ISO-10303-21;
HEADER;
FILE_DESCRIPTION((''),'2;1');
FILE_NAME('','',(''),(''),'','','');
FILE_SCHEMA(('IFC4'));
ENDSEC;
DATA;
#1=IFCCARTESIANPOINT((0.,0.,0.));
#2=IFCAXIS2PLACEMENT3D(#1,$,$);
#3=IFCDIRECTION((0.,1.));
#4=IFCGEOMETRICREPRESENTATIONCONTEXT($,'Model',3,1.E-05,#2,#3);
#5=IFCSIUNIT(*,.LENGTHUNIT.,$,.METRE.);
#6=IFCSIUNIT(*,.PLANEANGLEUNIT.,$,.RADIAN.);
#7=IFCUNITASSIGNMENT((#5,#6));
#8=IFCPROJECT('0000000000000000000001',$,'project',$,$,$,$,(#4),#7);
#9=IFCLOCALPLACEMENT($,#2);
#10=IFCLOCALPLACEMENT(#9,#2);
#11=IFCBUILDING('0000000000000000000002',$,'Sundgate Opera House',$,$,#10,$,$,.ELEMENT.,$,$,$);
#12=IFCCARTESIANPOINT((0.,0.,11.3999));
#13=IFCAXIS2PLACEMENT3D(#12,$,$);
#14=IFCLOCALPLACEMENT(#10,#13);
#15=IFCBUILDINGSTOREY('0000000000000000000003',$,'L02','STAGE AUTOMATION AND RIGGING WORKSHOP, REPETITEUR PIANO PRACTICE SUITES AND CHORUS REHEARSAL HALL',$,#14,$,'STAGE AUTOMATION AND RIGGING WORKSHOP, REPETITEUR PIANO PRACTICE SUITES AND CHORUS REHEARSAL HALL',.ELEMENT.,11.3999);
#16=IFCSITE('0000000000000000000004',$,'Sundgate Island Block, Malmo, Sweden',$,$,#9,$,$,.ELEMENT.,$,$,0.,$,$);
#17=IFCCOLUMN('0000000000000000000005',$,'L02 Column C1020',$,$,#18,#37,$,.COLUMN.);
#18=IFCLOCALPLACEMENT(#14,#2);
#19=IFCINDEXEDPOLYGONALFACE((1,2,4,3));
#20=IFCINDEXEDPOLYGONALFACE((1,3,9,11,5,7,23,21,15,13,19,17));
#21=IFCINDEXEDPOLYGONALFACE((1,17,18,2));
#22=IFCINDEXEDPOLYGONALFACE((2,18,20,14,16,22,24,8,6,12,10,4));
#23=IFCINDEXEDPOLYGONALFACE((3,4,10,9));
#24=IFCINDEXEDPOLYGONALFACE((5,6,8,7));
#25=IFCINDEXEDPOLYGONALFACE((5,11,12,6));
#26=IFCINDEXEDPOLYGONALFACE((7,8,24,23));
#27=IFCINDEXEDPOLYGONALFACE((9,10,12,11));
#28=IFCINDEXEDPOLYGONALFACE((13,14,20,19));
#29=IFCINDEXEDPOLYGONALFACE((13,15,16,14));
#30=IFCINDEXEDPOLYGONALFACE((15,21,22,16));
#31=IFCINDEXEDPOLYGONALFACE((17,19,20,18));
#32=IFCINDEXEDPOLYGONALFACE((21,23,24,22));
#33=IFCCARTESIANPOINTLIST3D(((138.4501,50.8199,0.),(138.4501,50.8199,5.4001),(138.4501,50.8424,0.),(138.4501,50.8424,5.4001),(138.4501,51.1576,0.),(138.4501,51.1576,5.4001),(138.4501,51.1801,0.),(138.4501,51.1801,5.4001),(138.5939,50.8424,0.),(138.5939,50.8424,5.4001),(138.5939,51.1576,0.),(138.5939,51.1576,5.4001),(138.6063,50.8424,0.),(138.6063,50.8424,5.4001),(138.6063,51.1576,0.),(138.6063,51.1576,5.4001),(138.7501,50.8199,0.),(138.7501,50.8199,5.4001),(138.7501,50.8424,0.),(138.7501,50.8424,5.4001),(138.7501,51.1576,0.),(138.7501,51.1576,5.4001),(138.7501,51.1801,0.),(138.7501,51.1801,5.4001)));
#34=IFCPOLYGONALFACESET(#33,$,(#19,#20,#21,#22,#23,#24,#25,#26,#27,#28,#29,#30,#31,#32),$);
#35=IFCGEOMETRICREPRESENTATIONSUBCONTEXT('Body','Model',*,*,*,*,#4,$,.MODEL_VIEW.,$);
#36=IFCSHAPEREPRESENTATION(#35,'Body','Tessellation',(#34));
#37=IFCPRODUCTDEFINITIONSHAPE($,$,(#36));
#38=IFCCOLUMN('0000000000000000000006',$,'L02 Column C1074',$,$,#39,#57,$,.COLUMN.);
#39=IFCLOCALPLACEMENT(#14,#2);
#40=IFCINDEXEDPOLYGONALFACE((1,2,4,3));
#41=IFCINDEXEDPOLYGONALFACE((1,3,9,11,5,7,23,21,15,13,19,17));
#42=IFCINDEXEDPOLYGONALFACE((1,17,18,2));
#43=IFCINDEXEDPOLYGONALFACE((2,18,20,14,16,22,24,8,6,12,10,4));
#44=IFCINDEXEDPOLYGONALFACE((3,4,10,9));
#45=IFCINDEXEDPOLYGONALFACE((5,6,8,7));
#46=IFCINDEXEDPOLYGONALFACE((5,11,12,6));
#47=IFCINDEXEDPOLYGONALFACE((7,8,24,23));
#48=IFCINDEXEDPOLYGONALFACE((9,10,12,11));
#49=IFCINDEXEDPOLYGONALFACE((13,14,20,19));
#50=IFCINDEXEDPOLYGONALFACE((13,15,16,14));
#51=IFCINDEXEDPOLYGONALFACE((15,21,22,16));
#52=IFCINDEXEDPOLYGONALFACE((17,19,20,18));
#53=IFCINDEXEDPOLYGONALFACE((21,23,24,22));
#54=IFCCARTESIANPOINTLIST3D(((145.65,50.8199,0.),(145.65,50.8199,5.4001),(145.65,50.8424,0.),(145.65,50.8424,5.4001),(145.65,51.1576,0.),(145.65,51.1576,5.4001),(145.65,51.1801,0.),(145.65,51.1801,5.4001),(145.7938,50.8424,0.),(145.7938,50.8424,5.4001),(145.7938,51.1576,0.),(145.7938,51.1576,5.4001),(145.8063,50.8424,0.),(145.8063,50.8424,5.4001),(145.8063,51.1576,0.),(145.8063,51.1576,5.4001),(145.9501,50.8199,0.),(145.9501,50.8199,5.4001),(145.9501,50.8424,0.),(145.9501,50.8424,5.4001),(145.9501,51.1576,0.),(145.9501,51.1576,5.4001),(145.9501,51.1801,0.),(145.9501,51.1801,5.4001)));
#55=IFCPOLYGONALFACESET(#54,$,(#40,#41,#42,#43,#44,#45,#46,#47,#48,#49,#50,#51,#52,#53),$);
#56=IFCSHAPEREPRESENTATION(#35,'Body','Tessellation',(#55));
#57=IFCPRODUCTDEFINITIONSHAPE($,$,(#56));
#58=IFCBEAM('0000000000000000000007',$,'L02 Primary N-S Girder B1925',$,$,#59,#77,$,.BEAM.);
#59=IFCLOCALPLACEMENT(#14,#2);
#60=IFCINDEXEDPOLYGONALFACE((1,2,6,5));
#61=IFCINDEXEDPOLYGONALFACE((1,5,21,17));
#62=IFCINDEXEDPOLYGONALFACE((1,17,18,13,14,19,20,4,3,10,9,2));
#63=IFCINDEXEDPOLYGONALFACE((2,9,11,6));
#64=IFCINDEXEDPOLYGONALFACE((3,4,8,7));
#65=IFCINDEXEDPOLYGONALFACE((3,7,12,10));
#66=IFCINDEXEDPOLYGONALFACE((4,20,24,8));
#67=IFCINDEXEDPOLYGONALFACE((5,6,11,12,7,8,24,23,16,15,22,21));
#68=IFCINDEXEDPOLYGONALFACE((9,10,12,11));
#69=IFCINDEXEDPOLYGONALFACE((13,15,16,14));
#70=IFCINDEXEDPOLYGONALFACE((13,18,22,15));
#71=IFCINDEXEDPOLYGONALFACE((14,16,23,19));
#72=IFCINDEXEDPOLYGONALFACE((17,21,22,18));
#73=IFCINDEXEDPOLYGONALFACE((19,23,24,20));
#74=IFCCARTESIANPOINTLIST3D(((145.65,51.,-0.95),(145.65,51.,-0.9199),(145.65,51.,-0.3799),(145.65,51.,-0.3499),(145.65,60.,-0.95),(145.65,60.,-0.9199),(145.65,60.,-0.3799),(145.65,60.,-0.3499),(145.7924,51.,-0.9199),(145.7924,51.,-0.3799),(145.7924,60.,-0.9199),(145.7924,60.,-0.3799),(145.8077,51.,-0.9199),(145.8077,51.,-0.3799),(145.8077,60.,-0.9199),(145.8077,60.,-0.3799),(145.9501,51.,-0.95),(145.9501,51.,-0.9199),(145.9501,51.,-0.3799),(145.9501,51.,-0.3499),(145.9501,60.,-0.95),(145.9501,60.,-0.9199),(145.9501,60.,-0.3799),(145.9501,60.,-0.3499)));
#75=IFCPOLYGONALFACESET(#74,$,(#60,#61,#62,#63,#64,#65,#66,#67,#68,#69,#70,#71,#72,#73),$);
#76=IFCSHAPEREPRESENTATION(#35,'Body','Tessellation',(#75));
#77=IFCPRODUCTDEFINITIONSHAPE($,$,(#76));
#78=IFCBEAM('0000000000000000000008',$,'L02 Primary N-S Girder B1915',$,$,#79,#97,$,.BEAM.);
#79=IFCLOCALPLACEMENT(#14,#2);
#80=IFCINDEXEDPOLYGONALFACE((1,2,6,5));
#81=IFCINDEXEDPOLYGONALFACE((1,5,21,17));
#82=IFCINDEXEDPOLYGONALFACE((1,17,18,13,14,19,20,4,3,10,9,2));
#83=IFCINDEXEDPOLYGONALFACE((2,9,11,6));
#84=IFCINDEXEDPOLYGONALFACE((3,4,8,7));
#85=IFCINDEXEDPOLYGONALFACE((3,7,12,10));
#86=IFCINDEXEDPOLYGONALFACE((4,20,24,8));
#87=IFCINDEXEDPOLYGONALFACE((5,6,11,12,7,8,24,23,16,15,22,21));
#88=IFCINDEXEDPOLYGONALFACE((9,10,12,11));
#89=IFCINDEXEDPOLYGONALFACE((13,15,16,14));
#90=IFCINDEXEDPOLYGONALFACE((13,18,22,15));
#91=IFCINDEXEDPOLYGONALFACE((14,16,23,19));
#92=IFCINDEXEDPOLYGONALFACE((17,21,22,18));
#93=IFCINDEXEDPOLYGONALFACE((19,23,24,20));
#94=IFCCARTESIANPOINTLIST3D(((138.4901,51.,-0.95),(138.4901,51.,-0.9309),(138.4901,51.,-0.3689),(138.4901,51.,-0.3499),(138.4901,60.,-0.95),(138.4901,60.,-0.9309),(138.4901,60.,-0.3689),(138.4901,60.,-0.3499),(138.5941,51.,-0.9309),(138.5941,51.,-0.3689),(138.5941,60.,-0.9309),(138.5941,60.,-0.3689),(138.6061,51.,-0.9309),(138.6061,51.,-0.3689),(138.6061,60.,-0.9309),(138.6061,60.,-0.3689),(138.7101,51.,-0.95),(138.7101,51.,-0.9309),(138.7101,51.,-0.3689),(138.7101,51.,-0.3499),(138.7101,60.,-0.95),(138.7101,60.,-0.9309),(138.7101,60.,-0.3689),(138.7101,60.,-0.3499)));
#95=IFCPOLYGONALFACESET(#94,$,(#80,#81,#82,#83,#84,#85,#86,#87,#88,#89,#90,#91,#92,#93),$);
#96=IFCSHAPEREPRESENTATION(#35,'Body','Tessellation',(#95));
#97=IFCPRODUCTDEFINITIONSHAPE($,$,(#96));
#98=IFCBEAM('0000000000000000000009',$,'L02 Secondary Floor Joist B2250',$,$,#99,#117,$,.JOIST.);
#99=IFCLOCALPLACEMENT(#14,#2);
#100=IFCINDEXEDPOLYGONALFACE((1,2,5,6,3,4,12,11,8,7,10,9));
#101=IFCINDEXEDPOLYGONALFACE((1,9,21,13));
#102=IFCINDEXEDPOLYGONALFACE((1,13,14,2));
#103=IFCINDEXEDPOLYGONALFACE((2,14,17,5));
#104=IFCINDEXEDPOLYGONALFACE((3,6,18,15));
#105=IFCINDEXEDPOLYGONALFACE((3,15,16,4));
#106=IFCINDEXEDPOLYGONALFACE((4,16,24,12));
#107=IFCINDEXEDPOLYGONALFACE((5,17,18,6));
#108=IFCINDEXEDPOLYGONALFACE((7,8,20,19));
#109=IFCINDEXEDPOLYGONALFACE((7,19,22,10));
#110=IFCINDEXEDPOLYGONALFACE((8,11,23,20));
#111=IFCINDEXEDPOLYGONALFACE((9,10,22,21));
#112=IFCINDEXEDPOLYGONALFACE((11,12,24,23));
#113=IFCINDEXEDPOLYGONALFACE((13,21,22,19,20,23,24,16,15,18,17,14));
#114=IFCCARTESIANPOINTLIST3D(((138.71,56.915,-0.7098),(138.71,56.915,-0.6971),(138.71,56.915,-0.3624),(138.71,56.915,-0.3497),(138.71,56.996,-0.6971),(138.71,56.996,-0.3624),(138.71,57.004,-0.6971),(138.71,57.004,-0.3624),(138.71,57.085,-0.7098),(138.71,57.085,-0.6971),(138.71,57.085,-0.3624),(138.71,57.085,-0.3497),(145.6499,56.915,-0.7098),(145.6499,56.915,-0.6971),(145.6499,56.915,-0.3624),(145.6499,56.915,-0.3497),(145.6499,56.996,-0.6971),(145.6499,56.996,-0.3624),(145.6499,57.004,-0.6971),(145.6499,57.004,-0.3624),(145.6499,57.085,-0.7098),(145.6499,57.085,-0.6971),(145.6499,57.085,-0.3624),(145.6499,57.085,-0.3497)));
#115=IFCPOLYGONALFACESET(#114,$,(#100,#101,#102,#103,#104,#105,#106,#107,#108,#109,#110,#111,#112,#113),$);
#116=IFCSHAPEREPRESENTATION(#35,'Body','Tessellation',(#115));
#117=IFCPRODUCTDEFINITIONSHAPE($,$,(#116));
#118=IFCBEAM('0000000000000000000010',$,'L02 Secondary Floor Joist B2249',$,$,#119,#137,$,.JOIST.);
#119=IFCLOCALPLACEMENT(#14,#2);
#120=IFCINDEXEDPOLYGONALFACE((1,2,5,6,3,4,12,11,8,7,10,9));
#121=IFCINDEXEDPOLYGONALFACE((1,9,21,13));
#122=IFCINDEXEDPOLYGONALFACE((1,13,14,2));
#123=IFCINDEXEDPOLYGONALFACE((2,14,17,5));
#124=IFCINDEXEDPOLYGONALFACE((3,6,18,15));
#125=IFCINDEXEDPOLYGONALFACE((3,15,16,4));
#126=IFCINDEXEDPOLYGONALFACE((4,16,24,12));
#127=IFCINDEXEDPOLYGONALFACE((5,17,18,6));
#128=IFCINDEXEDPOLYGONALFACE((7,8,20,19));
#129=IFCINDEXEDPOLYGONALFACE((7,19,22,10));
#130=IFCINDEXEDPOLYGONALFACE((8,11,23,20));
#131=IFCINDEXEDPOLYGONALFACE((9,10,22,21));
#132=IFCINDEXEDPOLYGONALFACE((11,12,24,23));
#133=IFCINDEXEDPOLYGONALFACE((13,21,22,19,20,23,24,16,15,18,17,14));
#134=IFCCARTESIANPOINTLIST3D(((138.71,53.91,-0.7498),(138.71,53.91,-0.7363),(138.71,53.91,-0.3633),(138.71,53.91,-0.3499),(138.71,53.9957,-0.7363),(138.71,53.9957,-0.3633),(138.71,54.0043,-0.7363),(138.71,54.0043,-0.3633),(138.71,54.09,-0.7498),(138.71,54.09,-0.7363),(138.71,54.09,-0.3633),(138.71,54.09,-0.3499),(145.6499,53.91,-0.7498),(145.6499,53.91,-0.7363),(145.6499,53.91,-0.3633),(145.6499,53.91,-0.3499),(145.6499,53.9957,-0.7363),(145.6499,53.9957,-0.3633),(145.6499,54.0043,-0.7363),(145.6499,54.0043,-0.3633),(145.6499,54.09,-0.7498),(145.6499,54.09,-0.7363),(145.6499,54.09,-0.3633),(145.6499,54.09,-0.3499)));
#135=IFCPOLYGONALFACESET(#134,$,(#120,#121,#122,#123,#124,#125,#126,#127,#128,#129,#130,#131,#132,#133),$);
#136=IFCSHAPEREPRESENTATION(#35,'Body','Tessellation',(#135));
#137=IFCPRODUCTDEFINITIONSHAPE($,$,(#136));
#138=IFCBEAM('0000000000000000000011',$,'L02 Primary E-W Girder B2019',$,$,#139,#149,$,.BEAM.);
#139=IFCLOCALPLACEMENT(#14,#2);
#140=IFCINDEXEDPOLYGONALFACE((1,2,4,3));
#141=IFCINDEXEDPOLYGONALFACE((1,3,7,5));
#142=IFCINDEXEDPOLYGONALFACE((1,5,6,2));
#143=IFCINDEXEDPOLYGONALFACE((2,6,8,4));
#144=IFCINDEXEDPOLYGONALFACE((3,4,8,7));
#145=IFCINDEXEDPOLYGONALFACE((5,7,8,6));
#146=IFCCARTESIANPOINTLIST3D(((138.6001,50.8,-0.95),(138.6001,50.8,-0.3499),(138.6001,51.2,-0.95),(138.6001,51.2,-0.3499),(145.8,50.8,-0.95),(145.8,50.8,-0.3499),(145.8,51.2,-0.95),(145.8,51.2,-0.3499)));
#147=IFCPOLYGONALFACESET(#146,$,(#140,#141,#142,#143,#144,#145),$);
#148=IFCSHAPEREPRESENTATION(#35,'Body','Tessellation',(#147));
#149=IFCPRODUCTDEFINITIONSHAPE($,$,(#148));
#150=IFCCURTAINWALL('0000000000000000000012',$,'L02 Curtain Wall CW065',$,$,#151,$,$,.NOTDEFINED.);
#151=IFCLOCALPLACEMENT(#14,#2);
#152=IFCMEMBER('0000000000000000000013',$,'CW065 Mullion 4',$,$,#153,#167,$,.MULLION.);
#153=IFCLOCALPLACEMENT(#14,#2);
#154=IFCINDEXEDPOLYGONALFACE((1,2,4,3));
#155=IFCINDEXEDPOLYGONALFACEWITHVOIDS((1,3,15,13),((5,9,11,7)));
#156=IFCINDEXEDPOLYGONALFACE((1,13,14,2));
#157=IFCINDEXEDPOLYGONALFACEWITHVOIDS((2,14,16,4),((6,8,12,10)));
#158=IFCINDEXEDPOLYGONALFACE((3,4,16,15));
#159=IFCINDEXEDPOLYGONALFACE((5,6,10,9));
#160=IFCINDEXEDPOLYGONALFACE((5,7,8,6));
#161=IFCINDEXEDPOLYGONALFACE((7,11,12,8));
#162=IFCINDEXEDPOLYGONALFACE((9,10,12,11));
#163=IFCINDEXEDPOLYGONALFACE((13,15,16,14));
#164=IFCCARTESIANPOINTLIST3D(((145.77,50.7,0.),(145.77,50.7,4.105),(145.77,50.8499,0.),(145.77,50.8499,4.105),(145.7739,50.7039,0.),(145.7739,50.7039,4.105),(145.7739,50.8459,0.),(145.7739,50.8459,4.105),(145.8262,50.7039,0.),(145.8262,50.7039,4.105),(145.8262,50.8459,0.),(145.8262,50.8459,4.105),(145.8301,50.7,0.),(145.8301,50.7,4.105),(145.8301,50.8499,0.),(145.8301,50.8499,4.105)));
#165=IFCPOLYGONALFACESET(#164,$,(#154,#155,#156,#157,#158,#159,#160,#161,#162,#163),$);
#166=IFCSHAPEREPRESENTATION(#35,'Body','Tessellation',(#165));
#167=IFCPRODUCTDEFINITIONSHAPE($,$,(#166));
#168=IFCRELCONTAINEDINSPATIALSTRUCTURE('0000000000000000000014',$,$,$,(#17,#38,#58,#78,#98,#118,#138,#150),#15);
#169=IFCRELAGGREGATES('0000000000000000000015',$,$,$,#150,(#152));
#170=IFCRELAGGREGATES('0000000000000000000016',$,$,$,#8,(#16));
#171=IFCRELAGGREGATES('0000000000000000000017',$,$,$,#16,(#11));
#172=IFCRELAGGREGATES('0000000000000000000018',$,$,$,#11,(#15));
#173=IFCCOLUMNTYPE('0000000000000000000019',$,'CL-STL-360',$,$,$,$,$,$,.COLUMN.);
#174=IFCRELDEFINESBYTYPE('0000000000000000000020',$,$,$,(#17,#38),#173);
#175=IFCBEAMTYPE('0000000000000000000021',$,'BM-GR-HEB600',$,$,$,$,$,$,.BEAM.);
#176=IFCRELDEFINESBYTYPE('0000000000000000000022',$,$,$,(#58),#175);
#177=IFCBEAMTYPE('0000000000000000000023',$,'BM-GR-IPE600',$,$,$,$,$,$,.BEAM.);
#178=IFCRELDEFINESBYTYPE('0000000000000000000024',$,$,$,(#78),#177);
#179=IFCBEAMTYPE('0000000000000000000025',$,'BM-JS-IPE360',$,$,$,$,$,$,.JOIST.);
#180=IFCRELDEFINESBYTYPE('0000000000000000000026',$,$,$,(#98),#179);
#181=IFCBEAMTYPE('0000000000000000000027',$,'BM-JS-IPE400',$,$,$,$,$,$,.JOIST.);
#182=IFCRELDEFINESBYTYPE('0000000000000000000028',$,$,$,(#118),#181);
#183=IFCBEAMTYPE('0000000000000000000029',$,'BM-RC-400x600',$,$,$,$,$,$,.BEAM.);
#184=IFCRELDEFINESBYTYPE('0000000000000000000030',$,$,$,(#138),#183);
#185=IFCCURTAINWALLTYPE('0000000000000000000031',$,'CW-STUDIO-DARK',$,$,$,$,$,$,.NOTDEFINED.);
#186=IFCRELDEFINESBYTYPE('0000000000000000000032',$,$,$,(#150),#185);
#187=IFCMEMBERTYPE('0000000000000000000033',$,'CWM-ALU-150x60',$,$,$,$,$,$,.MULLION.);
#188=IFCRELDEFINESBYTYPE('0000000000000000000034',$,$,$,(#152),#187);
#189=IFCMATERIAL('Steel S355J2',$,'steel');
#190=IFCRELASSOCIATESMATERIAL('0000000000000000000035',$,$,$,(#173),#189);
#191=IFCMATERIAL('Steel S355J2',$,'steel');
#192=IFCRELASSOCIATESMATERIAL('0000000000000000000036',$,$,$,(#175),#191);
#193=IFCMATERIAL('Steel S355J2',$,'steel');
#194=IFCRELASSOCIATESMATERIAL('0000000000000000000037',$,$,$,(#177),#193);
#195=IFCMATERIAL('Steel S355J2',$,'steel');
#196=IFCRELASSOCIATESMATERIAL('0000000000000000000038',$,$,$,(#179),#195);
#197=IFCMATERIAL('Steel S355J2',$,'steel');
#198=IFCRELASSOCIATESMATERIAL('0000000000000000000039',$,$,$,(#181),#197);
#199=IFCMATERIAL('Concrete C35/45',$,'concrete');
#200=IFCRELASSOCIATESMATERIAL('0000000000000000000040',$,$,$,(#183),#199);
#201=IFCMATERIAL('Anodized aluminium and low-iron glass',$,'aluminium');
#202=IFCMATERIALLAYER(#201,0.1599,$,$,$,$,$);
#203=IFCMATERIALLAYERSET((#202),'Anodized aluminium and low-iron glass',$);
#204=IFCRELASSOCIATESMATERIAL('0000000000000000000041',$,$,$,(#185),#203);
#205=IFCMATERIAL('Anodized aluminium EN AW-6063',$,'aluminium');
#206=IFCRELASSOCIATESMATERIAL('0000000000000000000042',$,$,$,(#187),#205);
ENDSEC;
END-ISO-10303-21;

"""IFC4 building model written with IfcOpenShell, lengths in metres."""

from ifc_helpers import new_model, si_unit, direction, frame, origin, origin_2d, place, context, subcontext, project, spatial, rectangle, hollow_rectangle, i_section, extrude, material, layer, layer_set, material_profile, profile_set, type_object, element, aggregate, save


model = new_model("IFC4")

# Units and contexts
model_context = context("Model", 3, precision=1e-05, world=origin(), true_north=direction((0.0, 1.0)))
body_context = subcontext(model_context, "Body", "Model", "MODEL_VIEW")
ifc_project = project(units=[si_unit("LENGTHUNIT", "METRE"), si_unit("PLANEANGLEUNIT", "RADIAN")], contexts=[model_context])

# Site, building, storey
site_placement = place(None, origin())
site = spatial("IfcSite", under=ifc_project, at=site_placement, Name="Sundgate Island Block, Malmo, Sweden", CompositionType="ELEMENT", RefElevation=0.0)
building_placement = place(site_placement, origin())
building = spatial("IfcBuilding", under=site, at=building_placement, Name="Sundgate Opera House", CompositionType="ELEMENT")
storey_placement = place(building_placement, frame((0.0, 0.0, 11.3999)))
storey = spatial("IfcBuildingStorey", under=building, at=storey_placement, Name="L02", Description="STAGE AUTOMATION AND RIGGING WORKSHOP, REPETITEUR PIANO PRACTICE SUITES AND CHORUS REHEARSAL HALL", LongName="STAGE AUTOMATION AND RIGGING WORKSHOP, REPETITEUR PIANO PRACTICE SUITES AND CHORUS REHEARSAL HALL", CompositionType="ELEMENT", Elevation=11.3999)

# Columns
ifc_material_1 = material(Name="Steel S355J2", Category="steel")
ifc_material_profile_1 = material_profile(ifc_material_1, i_section(OverallWidth=0.3, OverallDepth=0.3601, WebThickness=0.0125, FlangeThickness=0.0225, at=origin_2d()), Name="HEB 360")
ifc_profile_set_1 = profile_set([ifc_material_profile_1], Name="Steel S355J2")
column_type = type_object("IfcColumnType", Name="CL-STL-360", PredefinedType="COLUMN", material=ifc_profile_set_1)
for number, where, z_axis, x_axis, name in (
    (1, (138.6001, 51.0, 0.0), (0.0, 0.0, 1.0), (1.0, 0.0, 0.0), "L02 Column C1020"),
    (2, (145.8, 51.0, 0.0), (0.0, 0.0, 1.0), (1.0, 0.0, 0.0), "L02 Column C1074"),
):
    element("IfcColumn", number, at=place(storey_placement, frame(where, z_axis=z_axis, x_axis=x_axis)), inside=storey, type_object=column_type, Name=name, PredefinedType="COLUMN", context=body_context, shape_type="SweptSolid", body=[
        extrude(i_section(OverallWidth=0.3, OverallDepth=0.3601, WebThickness=0.0125, FlangeThickness=0.0225, at=origin_2d()), origin(), (0.0, 0.0, 1.0), 5.4001),
    ])

# Beams
ifc_material_2 = material(Name="Steel S355J2", Category="steel")
ifc_material_profile_2 = material_profile(ifc_material_2, i_section(OverallWidth=0.3, OverallDepth=0.6001, WebThickness=0.0154, FlangeThickness=0.03, at=origin_2d()), Name="HEB 600")
ifc_profile_set_2 = profile_set([ifc_material_profile_2], Name="Steel S355J2")
beam_type_1 = type_object("IfcBeamType", Name="BM-GR-HEB600", PredefinedType="BEAM", material=ifc_profile_set_2)
beam_1_placement = place(storey_placement, frame((145.8, 51.0, -0.6499), z_axis=(0.0, 1.0, 0.0), x_axis=(-1.0, 0.0, 0.0)))
element("IfcBeam", 3, at=beam_1_placement, inside=storey, type_object=beam_type_1, Name="L02 Primary N-S Girder B1925", PredefinedType="BEAM", context=body_context, shape_type="SweptSolid", body=[
    extrude(i_section(OverallWidth=0.3, OverallDepth=0.6001, WebThickness=0.0154, FlangeThickness=0.03, at=origin_2d()), origin(), (0.0, 0.0, 1.0), 9.0),
])
ifc_material_3 = material(Name="Steel S355J2", Category="steel")
ifc_material_profile_3 = material_profile(ifc_material_3, i_section(OverallWidth=0.22, OverallDepth=0.6001, WebThickness=0.012, FlangeThickness=0.019, at=origin_2d()), Name="IPE 600")
ifc_profile_set_3 = profile_set([ifc_material_profile_3], Name="Steel S355J2")
beam_type_2 = type_object("IfcBeamType", Name="BM-GR-IPE600", PredefinedType="BEAM", material=ifc_profile_set_3)
beam_2_placement = place(storey_placement, frame((138.6001, 51.0, -0.6499), z_axis=(0.0, 1.0, 0.0), x_axis=(-1.0, 0.0, 0.0)))
element("IfcBeam", 4, at=beam_2_placement, inside=storey, type_object=beam_type_2, Name="L02 Primary N-S Girder B1915", PredefinedType="BEAM", context=body_context, shape_type="SweptSolid", body=[
    extrude(i_section(OverallWidth=0.22, OverallDepth=0.6001, WebThickness=0.012, FlangeThickness=0.019, at=origin_2d()), origin(), (0.0, 0.0, 1.0), 9.0),
])
ifc_material_4 = material(Name="Steel S355J2", Category="steel")
ifc_material_profile_4 = material_profile(ifc_material_4, i_section(OverallWidth=0.1699, OverallDepth=0.3601, WebThickness=0.0081, FlangeThickness=0.0127, at=origin_2d()), Name="IPE 360")
ifc_profile_set_4 = profile_set([ifc_material_profile_4], Name="Steel S355J2")
beam_type_3 = type_object("IfcBeamType", Name="BM-JS-IPE360", PredefinedType="JOIST", material=ifc_profile_set_4)
beam_3_placement = place(storey_placement, frame((138.71, 57.0, -0.5298), z_axis=(1.0, 0.0, 0.0), x_axis=(0.0, 1.0, 0.0)))
element("IfcBeam", 5, at=beam_3_placement, inside=storey, type_object=beam_type_3, Name="L02 Secondary Floor Joist B2250", PredefinedType="JOIST", context=body_context, shape_type="SweptSolid", body=[
    extrude(i_section(OverallWidth=0.1699, OverallDepth=0.3601, WebThickness=0.0081, FlangeThickness=0.0127, at=origin_2d()), origin(), (0.0, 0.0, 1.0), 6.9399),
])
ifc_material_5 = material(Name="Steel S355J2", Category="steel")
ifc_material_profile_5 = material_profile(ifc_material_5, i_section(OverallWidth=0.1799, OverallDepth=0.3999, WebThickness=0.0085, FlangeThickness=0.0134, at=origin_2d()), Name="IPE 400")
ifc_profile_set_5 = profile_set([ifc_material_profile_5], Name="Steel S355J2")
beam_type_4 = type_object("IfcBeamType", Name="BM-JS-IPE400", PredefinedType="JOIST", material=ifc_profile_set_5)
beam_4_placement = place(storey_placement, frame((138.71, 54.0, -0.5498), z_axis=(1.0, 0.0, 0.0), x_axis=(0.0, 1.0, 0.0)))
element("IfcBeam", 6, at=beam_4_placement, inside=storey, type_object=beam_type_4, Name="L02 Secondary Floor Joist B2249", PredefinedType="JOIST", context=body_context, shape_type="SweptSolid", body=[
    extrude(i_section(OverallWidth=0.1799, OverallDepth=0.3999, WebThickness=0.0085, FlangeThickness=0.0134, at=origin_2d()), origin(), (0.0, 0.0, 1.0), 6.9399),
])
ifc_material_6 = material(Name="Concrete C35/45", Category="concrete")
ifc_material_profile_6 = material_profile(ifc_material_6, rectangle(XDim=0.3999, YDim=0.6001, at=origin_2d()), Name="RC 400x600")
ifc_profile_set_6 = profile_set([ifc_material_profile_6], Name="Concrete C35/45")
beam_type_5 = type_object("IfcBeamType", Name="BM-RC-400x600", PredefinedType="BEAM", material=ifc_profile_set_6)
beam_5_placement = place(storey_placement, frame((138.6001, 51.0, -0.6499), z_axis=(1.0, 0.0, 0.0), x_axis=(0.0, 1.0, 0.0)))
element("IfcBeam", 7, at=beam_5_placement, inside=storey, type_object=beam_type_5, Name="L02 Primary E-W Girder B2019", PredefinedType="BEAM", context=body_context, shape_type="SweptSolid", body=[
    extrude(rectangle(XDim=0.3999, YDim=0.6001, at=origin_2d()), origin(), (0.0, 0.0, 1.0), 7.2),
])

# Curtain wall, member
ifc_material_7 = material(Name="Anodized aluminium and low-iron glass", Category="aluminium")
ifc_layer_1 = layer(ifc_material_7, 0.1599)
ifc_layer_set_1 = layer_set([ifc_layer_1], Name="Anodized aluminium and low-iron glass")
curtain_wall_type = type_object("IfcCurtainWallType", Name="CW-STUDIO-DARK", PredefinedType="NOTDEFINED", material=ifc_layer_set_1)
curtain_wall_1_placement = place(storey_placement, origin())
curtain_wall_1 = element("IfcCurtainWall", 8, at=curtain_wall_1_placement, inside=storey, type_object=curtain_wall_type, Name="L02 Curtain Wall CW065", PredefinedType="NOTDEFINED")
ifc_material_8 = material(Name="Anodized aluminium EN AW-6063", Category="aluminium")
ifc_material_profile_7 = material_profile(ifc_material_8, hollow_rectangle(XDim=0.0601, YDim=0.1499, WallThickness=0.0039, at=origin_2d()), Name="CWM 150x60x4")
ifc_profile_set_7 = profile_set([ifc_material_profile_7], Name="Anodized aluminium EN AW-6063")
member_type_1 = type_object("IfcMemberType", Name="CWM-ALU-150x60", PredefinedType="MULLION", material=ifc_profile_set_7)
member_1_placement = place(storey_placement, frame((145.8, 50.7749, 0.0), z_axis=(0.0, 0.0, 1.0), x_axis=(1.0, 0.0, 0.0)))
member_1 = element("IfcMember", 9, at=member_1_placement, type_object=member_type_1, Name="CW065 Mullion 4", PredefinedType="MULLION", context=body_context, shape_type="SweptSolid", body=[
    extrude(hollow_rectangle(XDim=0.0601, YDim=0.1499, WallThickness=0.0039, at=origin_2d()), origin(), (0.0, 0.0, 1.0), 4.105),
])
aggregate(curtain_wall_1, [member_1])

save(model, "model.ifc")
